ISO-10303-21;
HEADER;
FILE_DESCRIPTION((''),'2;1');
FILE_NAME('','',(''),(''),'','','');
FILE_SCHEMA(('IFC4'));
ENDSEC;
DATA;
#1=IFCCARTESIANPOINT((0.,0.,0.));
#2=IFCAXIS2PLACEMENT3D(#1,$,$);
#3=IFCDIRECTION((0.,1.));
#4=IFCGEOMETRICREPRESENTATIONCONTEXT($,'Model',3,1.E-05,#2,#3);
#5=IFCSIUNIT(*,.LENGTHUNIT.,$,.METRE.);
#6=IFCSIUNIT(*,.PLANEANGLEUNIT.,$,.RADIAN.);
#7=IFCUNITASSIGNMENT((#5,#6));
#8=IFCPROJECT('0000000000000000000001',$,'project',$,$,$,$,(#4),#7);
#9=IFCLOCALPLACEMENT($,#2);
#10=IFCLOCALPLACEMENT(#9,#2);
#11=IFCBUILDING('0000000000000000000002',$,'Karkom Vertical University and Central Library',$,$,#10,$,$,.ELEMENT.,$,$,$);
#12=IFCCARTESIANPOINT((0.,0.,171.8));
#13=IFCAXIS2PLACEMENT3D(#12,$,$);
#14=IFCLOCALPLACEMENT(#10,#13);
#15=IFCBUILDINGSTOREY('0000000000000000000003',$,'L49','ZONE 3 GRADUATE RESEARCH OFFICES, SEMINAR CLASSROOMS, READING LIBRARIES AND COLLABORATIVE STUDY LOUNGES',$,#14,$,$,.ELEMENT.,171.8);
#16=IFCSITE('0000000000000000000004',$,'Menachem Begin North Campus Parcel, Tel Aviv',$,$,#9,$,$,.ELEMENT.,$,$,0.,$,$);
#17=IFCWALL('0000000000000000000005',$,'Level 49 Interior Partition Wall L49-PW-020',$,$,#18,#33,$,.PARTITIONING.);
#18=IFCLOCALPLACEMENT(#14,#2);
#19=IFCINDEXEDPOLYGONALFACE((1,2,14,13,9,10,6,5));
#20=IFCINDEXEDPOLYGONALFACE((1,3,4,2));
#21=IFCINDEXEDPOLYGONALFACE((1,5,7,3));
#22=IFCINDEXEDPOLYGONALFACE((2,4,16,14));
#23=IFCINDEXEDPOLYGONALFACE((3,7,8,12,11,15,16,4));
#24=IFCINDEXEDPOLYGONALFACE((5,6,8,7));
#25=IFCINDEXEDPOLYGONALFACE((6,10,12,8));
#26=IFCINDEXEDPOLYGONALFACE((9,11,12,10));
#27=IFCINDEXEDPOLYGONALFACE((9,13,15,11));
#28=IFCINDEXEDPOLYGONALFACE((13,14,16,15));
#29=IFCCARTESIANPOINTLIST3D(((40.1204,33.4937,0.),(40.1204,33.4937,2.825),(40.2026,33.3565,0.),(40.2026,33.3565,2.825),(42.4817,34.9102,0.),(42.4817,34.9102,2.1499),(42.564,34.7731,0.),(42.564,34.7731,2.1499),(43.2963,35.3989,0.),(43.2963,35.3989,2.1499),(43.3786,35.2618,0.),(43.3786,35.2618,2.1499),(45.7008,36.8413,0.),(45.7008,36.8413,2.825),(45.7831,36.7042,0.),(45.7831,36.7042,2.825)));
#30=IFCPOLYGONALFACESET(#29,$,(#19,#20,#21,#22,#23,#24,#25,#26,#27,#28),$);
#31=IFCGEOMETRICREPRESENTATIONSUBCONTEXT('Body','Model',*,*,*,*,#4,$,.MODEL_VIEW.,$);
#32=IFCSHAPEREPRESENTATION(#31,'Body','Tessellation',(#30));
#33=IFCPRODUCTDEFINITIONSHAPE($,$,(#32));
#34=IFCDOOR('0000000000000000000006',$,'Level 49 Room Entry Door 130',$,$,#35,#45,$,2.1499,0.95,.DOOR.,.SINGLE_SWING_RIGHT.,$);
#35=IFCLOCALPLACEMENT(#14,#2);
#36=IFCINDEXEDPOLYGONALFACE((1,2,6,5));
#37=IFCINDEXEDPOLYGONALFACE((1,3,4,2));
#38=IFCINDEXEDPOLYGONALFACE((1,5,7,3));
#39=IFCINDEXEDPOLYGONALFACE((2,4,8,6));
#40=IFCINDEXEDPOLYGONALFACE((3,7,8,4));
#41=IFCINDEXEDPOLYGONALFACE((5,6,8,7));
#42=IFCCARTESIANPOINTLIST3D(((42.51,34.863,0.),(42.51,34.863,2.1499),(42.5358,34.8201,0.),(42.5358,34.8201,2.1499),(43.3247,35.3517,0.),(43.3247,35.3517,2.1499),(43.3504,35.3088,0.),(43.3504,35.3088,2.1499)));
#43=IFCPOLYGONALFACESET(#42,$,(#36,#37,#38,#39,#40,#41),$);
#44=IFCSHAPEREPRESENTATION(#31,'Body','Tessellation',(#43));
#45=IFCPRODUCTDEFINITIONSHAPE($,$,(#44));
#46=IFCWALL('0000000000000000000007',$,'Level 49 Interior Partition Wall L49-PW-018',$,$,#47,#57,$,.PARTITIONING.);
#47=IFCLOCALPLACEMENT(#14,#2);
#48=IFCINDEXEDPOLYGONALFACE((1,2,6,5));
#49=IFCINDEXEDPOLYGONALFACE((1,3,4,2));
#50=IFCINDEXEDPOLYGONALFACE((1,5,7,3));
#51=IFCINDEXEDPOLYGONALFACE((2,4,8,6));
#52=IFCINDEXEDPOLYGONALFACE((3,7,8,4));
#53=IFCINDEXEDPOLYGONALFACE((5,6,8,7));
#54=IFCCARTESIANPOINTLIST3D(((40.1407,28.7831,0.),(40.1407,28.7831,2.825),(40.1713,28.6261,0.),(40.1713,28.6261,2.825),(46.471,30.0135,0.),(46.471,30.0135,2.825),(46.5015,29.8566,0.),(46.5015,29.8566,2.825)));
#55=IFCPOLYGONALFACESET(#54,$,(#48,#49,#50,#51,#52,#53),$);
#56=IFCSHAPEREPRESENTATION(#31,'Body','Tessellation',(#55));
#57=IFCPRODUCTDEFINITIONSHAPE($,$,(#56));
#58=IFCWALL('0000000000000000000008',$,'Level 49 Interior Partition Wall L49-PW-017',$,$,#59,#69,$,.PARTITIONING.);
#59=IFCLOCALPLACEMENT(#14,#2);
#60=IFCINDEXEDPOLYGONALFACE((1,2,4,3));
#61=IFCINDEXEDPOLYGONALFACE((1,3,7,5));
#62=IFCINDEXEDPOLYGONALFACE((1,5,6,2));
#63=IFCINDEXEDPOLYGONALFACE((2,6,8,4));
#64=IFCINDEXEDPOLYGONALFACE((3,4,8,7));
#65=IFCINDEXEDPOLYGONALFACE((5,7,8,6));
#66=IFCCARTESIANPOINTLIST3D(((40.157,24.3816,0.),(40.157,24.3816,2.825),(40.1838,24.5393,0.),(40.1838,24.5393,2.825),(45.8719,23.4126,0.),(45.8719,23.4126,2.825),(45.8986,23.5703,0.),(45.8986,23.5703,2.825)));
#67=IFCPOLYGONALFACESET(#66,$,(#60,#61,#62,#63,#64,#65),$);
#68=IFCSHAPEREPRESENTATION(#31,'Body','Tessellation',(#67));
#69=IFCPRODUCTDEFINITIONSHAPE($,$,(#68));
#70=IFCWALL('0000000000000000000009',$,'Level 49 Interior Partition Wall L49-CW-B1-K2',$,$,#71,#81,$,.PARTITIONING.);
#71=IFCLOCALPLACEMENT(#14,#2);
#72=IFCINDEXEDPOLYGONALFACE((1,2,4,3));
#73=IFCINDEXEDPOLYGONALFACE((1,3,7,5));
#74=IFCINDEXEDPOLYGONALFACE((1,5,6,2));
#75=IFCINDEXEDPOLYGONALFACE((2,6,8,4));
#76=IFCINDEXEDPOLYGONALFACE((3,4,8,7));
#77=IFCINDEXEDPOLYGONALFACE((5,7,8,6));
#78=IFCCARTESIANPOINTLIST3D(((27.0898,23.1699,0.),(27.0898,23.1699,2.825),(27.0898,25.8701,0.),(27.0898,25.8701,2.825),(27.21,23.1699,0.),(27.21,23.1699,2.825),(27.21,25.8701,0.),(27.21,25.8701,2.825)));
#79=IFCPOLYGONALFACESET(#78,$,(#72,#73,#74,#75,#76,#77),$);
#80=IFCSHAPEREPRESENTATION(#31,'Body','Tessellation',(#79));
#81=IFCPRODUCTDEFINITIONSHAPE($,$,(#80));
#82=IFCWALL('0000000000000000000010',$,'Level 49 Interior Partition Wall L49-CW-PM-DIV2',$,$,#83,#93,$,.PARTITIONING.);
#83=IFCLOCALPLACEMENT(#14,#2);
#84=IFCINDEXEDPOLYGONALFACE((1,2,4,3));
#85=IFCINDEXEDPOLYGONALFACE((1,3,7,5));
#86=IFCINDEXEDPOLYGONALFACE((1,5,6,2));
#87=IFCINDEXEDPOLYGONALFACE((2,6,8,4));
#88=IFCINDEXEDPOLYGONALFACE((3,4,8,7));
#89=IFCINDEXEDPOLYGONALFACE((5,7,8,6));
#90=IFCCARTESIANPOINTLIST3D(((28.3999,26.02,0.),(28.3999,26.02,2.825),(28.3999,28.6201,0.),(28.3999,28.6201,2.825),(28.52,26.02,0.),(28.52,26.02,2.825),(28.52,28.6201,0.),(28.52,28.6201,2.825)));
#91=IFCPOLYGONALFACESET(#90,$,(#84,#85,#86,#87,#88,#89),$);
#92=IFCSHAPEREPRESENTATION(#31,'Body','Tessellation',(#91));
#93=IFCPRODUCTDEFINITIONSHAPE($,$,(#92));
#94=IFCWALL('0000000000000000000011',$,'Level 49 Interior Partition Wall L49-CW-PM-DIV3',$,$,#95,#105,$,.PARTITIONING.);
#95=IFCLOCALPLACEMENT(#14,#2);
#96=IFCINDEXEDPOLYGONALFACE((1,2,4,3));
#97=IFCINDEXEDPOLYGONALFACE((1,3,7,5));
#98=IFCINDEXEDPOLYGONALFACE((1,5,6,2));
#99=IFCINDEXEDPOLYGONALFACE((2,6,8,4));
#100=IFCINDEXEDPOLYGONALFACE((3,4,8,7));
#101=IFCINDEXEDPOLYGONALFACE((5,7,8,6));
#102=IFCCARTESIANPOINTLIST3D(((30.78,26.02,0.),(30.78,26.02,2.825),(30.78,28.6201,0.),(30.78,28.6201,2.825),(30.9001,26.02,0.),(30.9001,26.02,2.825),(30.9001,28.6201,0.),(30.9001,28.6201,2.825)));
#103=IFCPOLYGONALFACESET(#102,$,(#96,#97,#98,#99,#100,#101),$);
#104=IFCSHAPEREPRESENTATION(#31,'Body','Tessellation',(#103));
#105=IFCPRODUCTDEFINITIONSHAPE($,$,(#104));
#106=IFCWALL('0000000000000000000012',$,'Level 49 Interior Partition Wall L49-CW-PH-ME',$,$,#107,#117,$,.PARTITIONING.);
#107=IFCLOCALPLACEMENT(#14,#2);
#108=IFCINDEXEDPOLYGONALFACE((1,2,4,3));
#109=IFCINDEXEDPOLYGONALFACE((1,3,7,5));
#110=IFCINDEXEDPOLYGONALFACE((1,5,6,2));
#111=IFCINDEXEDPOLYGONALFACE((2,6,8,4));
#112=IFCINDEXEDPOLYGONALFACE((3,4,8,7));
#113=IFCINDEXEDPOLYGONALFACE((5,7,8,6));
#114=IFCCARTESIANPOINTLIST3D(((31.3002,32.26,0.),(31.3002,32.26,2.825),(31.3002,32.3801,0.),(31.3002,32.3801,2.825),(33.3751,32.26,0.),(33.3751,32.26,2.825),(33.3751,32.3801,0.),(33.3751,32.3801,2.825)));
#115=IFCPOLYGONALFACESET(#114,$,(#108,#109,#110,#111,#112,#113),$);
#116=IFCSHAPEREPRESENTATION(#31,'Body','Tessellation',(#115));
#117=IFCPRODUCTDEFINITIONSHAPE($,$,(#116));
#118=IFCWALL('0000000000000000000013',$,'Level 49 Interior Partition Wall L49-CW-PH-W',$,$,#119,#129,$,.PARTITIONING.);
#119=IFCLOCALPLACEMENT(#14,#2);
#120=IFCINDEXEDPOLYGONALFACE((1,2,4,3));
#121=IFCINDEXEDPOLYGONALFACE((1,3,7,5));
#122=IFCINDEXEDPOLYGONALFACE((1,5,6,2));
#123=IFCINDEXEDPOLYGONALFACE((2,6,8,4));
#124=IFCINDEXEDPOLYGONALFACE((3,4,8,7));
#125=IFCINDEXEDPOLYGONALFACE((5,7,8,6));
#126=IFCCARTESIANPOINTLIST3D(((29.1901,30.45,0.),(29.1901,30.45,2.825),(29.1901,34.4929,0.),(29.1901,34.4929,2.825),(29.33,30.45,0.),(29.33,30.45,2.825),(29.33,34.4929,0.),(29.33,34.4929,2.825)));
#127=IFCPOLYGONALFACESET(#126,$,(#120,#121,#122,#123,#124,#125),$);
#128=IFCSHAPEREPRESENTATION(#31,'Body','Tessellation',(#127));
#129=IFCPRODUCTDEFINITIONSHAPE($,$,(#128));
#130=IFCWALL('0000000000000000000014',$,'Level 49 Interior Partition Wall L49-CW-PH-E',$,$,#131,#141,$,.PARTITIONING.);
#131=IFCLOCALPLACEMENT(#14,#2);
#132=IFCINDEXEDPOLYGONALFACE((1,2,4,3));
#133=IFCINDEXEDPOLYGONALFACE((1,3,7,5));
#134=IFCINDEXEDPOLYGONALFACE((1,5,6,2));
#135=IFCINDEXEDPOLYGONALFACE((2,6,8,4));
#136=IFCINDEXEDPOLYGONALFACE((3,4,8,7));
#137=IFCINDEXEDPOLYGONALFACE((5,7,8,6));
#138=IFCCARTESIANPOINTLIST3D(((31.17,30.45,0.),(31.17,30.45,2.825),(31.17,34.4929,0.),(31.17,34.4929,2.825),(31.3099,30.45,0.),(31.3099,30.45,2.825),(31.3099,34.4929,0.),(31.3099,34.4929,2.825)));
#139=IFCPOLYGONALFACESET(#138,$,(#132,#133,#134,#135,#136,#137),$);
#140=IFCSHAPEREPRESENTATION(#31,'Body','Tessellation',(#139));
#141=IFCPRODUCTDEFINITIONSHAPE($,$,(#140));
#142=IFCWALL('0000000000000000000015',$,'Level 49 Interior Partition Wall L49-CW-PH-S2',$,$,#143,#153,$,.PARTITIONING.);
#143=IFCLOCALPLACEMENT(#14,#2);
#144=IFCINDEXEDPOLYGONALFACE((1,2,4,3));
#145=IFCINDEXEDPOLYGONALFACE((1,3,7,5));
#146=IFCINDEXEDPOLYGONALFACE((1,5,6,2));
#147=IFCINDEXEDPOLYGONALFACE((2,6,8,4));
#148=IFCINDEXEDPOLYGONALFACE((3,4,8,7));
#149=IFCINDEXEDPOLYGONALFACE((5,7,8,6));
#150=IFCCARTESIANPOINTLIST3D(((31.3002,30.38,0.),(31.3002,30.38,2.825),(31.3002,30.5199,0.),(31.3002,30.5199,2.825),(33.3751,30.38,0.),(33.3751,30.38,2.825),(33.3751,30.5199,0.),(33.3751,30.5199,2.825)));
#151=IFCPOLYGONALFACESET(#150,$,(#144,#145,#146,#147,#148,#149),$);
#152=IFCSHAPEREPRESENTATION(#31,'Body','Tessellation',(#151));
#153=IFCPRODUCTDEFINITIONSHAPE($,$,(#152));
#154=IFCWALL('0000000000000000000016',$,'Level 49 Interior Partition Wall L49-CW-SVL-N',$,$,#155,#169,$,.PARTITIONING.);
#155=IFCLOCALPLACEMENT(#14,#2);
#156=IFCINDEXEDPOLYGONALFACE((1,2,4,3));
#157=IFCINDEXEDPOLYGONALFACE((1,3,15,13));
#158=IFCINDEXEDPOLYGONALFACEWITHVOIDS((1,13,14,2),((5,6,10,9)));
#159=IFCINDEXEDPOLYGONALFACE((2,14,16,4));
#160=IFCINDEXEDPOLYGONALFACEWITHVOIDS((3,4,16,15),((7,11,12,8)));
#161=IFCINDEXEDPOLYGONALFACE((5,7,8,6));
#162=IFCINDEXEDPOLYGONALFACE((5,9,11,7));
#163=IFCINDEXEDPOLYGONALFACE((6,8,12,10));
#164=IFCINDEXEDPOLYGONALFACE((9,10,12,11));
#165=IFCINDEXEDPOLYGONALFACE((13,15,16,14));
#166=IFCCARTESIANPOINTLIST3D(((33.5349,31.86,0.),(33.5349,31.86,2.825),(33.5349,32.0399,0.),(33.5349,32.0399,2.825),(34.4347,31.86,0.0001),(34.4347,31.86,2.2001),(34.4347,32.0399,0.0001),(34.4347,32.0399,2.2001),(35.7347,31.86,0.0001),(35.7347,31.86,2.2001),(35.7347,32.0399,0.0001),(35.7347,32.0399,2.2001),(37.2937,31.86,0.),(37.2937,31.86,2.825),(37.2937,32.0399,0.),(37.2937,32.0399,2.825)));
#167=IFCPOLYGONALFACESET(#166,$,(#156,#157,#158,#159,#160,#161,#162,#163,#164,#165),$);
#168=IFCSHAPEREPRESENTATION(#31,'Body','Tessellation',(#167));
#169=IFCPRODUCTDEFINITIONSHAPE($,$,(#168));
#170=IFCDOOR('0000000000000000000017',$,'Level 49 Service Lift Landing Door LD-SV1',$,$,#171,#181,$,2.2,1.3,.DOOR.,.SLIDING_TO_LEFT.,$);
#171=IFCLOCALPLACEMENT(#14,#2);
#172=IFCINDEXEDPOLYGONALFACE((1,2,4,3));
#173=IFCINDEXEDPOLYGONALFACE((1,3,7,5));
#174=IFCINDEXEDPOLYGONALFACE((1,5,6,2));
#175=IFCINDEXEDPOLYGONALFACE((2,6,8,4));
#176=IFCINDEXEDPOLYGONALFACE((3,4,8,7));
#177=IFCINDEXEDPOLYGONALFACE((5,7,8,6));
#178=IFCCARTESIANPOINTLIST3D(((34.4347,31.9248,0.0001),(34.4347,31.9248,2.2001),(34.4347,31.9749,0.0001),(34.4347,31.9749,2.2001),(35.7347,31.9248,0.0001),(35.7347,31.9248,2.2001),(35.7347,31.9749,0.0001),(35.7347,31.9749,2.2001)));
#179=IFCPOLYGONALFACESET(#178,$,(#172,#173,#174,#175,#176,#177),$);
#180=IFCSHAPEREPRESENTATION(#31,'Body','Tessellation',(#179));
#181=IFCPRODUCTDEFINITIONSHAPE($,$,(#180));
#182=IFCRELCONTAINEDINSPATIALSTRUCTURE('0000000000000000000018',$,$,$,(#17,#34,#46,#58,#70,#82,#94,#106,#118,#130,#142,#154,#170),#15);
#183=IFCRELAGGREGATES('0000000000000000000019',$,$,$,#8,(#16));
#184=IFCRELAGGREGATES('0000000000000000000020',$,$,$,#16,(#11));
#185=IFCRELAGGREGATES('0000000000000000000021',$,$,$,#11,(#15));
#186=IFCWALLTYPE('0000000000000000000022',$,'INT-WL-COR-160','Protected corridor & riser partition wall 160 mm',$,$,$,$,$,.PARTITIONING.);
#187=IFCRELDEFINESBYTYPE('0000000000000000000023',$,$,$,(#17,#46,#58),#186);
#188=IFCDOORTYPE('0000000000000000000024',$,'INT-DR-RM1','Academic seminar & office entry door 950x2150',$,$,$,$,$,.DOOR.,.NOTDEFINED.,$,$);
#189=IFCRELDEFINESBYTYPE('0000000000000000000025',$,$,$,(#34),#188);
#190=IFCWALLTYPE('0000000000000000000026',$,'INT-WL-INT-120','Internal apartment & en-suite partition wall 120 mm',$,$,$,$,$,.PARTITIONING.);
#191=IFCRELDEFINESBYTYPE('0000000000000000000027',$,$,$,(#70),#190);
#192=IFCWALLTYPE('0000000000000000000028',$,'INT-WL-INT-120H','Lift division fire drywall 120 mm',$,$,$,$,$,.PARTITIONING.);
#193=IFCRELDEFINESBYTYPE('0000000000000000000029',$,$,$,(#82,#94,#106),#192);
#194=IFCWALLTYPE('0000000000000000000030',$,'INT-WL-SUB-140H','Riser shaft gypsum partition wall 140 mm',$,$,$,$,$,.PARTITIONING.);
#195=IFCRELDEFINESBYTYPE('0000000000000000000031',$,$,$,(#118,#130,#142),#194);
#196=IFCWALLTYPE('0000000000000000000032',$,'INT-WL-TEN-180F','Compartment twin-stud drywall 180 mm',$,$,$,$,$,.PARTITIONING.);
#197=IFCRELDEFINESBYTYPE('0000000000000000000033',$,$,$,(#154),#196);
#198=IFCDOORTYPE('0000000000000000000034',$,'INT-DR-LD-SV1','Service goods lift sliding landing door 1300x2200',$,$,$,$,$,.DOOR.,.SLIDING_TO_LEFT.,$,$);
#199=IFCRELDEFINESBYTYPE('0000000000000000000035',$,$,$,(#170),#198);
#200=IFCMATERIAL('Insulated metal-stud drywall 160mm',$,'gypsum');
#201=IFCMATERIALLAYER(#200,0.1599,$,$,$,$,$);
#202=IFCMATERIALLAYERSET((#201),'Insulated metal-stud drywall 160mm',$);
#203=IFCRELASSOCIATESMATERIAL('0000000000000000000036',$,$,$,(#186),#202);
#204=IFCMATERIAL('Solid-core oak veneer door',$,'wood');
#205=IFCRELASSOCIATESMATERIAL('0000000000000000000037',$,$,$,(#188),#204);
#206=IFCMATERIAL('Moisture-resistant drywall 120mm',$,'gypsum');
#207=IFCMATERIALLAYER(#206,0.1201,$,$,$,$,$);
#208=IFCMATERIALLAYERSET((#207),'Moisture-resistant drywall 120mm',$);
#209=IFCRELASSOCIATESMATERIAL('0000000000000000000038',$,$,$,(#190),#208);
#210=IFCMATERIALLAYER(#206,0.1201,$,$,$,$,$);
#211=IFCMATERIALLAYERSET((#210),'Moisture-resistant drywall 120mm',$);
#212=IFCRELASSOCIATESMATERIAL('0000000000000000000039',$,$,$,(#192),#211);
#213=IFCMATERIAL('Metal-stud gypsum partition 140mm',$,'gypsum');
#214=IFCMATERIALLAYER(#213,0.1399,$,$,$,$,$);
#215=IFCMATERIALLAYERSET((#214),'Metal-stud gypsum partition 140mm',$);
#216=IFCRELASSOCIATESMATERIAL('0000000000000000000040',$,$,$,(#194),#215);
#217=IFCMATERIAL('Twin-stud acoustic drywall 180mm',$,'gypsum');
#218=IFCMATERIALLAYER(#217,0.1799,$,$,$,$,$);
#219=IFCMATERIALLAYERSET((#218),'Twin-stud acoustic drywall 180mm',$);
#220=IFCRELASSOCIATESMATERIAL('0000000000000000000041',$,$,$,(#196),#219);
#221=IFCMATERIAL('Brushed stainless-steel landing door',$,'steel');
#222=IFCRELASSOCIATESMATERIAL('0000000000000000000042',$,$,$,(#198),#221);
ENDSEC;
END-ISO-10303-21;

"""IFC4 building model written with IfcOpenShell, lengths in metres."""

from ifc_helpers import new_model, si_unit, direction, frame, frame_2d, origin, origin_with_axes, place, context, subcontext, project, spatial, rectangle, extrude, source, transform, mapped, material, layer, layer_set, type_object, element, fill, save


model = new_model("IFC4")

# Units and contexts
model_context = context("Model", 3, precision=1e-05, world=origin(), true_north=direction((0.0, 1.0)))
body_context = subcontext(model_context, "Body", "Model", "MODEL_VIEW")
ifc_project = project(units=[si_unit("LENGTHUNIT", "METRE"), si_unit("PLANEANGLEUNIT", "RADIAN")], contexts=[model_context])

# Site, building, storey
site_placement = place(None, origin())
site = spatial("IfcSite", under=ifc_project, at=site_placement, Name="Menachem Begin North Campus Parcel, Tel Aviv", CompositionType="ELEMENT", RefElevation=0.0)
building_placement = place(site_placement, origin())
building = spatial("IfcBuilding", under=site, at=building_placement, Name="Karkom Vertical University and Central Library", CompositionType="ELEMENT")
storey_placement = place(building_placement, frame((0.0, 0.0, 171.8)))
storey = spatial("IfcBuildingStorey", under=building, at=storey_placement, Name="L49", Description="ZONE 3 GRADUATE RESEARCH OFFICES, SEMINAR CLASSROOMS, READING LIBRARIES AND COLLABORATIVE STUDY LOUNGES", CompositionType="ELEMENT", Elevation=171.8)

# Wall, opening, door
ifc_material_1 = material(Name="Insulated metal-stud drywall 160mm", Category="gypsum")
ifc_layer_1 = layer(ifc_material_1, 0.1599)
ifc_layer_set_1 = layer_set([ifc_layer_1], Name="Insulated metal-stud drywall 160mm")
wall_type_1 = type_object("IfcWallType", Name="INT-WL-COR-160", Description="Protected corridor & riser partition wall 160 mm", PredefinedType="PARTITIONING", material=ifc_layer_set_1)
wall_1_placement = place(storey_placement, frame((40.1614, 33.425, 0.0), z_axis=(0.0, 0.0, 1.0), x_axis=(0.857539, 0.514419, 0.0)))
wall_1 = element("IfcWall", 1, at=wall_1_placement, inside=storey, type_object=wall_type_1, Name="Level 49 Interior Partition Wall L49-PW-020", PredefinedType="PARTITIONING", context=body_context, shape_type="SweptSolid", body=[
    extrude(rectangle(XDim=6.5076, YDim=0.1599, at=frame_2d((3.2539, 0.0))), origin(), (0.0, 0.0, 1.0), 2.825),
])
opening_1_placement = place(wall_1_placement, frame((2.7537, 0.0, 0.0)))
opening_1 = element("IfcOpeningElement", 2, at=opening_1_placement, cuts=wall_1, PredefinedType="OPENING", context=body_context, shape_type="SweptSolid", body=[
    extrude(rectangle(XDim=0.95, YDim=2.1499, at=frame_2d((0.4751, 1.075))), frame((0.0, 0.0898, 0.0), z_axis=(0.0, -1.0, 0.0), x_axis=(1.0, 0.0, 0.0)), (0.0, 0.0, 1.0), 0.1799),
])
ifc_material_2 = material(Name="Solid-core oak veneer door", Category="wood")
door_type_1 = type_object("IfcDoorType", Name="INT-DR-RM1", Description="Academic seminar & office entry door 950x2150", OperationType="NOTDEFINED", PredefinedType="DOOR", material=ifc_material_2)
shared_shape_1 = source(origin_with_axes(), body_context, "Body", "SweptSolid", [
    extrude(rectangle(XDim=0.95, YDim=2.1499, at=frame_2d((0.4751, 1.075))), frame((0.0, 0.0249, 0.0), z_axis=(0.0, -1.0, 0.0), x_axis=(1.0, 0.0, 0.0)), (0.0, 0.0, 1.0), 0.05),
])
door_1_placement = place(opening_1_placement, origin())
door_1 = element("IfcDoor", 3, at=door_1_placement, inside=storey, type_object=door_type_1, Name="Level 49 Room Entry Door 130", OperationType="SINGLE_SWING_RIGHT", OverallHeight=2.1499, OverallWidth=0.95, PredefinedType="DOOR", context=body_context, shape_type="MappedRepresentation", body=[
    mapped(shared_shape_1, transform((0.0, 0.0, 0.0), scale=1.0)),
])
fill(opening_1, door_1)

# Walls
wall_2_placement = place(storey_placement, frame((40.156, 28.7046, 0.0), z_axis=(0.0, 0.0, 1.0), x_axis=(0.981628, 0.190806, 0.0)))
element("IfcWall", 4, at=wall_2_placement, inside=storey, type_object=wall_type_1, Name="Level 49 Interior Partition Wall L49-PW-018", PredefinedType="PARTITIONING", context=body_context, shape_type="SweptSolid", body=[
    extrude(rectangle(XDim=6.4487, YDim=0.1599, at=frame_2d((3.2244, 0.0))), origin(), (0.0, 0.0, 1.0), 2.825),
])
wall_3_placement = place(storey_placement, frame((40.1704, 24.4604, 0.0), z_axis=(0.0, 0.0, 1.0), x_axis=(0.985928, -0.167171, 0.0)))
element("IfcWall", 5, at=wall_3_placement, inside=storey, type_object=wall_type_1, Name="Level 49 Interior Partition Wall L49-PW-017", PredefinedType="PARTITIONING", context=body_context, shape_type="SweptSolid", body=[
    extrude(rectangle(XDim=5.7964, YDim=0.1599, at=frame_2d((2.8982, 0.0))), origin(), (0.0, 0.0, 1.0), 2.825),
])
ifc_material_3 = material(Name="Moisture-resistant drywall 120mm", Category="gypsum")
ifc_layer_2 = layer(ifc_material_3, 0.1201)
ifc_layer_set_2 = layer_set([ifc_layer_2], Name="Moisture-resistant drywall 120mm")
wall_type_2 = type_object("IfcWallType", Name="INT-WL-INT-120", Description="Internal apartment & en-suite partition wall 120 mm", PredefinedType="PARTITIONING", material=ifc_layer_set_2)
wall_4_placement = place(storey_placement, frame((27.1499, 23.1699, 0.0), z_axis=(0.0, 0.0, 1.0), x_axis=(0.0, 1.0, 0.0)))
element("IfcWall", 6, at=wall_4_placement, inside=storey, type_object=wall_type_2, Name="Level 49 Interior Partition Wall L49-CW-B1-K2", PredefinedType="PARTITIONING", context=body_context, shape_type="SweptSolid", body=[
    extrude(rectangle(XDim=2.7002, YDim=0.1201, at=frame_2d((1.3501, 0.0))), origin(), (0.0, 0.0, 1.0), 2.825),
])
ifc_layer_3 = layer(ifc_material_3, 0.1201)
ifc_layer_set_3 = layer_set([ifc_layer_3], Name="Moisture-resistant drywall 120mm")
wall_type_3 = type_object("IfcWallType", Name="INT-WL-INT-120H", Description="Lift division fire drywall 120 mm", PredefinedType="PARTITIONING", material=ifc_layer_set_3)
for number, where, z_axis, x_axis, name in (
    (7, (28.46, 26.02, 0.0), (0.0, 0.0, 1.0), (0.0, 1.0, 0.0), "Level 49 Interior Partition Wall L49-CW-PM-DIV2"),
    (8, (30.8401, 26.02, 0.0), (0.0, 0.0, 1.0), (0.0, 1.0, 0.0), "Level 49 Interior Partition Wall L49-CW-PM-DIV3"),
):
    element("IfcWall", number, at=place(storey_placement, frame(where, z_axis=z_axis, x_axis=x_axis)), inside=storey, type_object=wall_type_3, Name=name, PredefinedType="PARTITIONING", context=body_context, shape_type="SweptSolid", body=[
        extrude(rectangle(XDim=2.6001, YDim=0.1201, at=frame_2d((1.3, 0.0))), origin(), (0.0, 0.0, 1.0), 2.825),
    ])
wall_5_placement = place(storey_placement, frame((31.3, 32.3201, 0.0), z_axis=(0.0, 0.0, 1.0), x_axis=(1.0, 0.0, 0.0)))
element("IfcWall", 9, at=wall_5_placement, inside=storey, type_object=wall_type_3, Name="Level 49 Interior Partition Wall L49-CW-PH-ME", PredefinedType="PARTITIONING", context=body_context, shape_type="SweptSolid", body=[
    extrude(rectangle(XDim=2.075, YDim=0.1201, at=frame_2d((1.0376, 0.0))), origin(), (0.0, 0.0, 1.0), 2.825),
])
ifc_material_4 = material(Name="Metal-stud gypsum partition 140mm", Category="gypsum")
ifc_layer_4 = layer(ifc_material_4, 0.1399)
ifc_layer_set_4 = layer_set([ifc_layer_4], Name="Metal-stud gypsum partition 140mm")
wall_type_4 = type_object("IfcWallType", Name="INT-WL-SUB-140H", Description="Riser shaft gypsum partition wall 140 mm", PredefinedType="PARTITIONING", material=ifc_layer_set_4)
for number, where, z_axis, x_axis, name in (
    (10, (29.26, 30.45, 0.0), (0.0, 0.0, 1.0), (0.0, 1.0, 0.0), "Level 49 Interior Partition Wall L49-CW-PH-W"),
    (11, (31.24, 30.45, 0.0), (0.0, 0.0, 1.0), (0.0, 1.0, 0.0), "Level 49 Interior Partition Wall L49-CW-PH-E"),
):
    element("IfcWall", number, at=place(storey_placement, frame(where, z_axis=z_axis, x_axis=x_axis)), inside=storey, type_object=wall_type_4, Name=name, PredefinedType="PARTITIONING", context=body_context, shape_type="SweptSolid", body=[
        extrude(rectangle(XDim=4.043, YDim=0.1399, at=frame_2d((2.0215, 0.0))), origin(), (0.0, 0.0, 1.0), 2.825),
    ])
wall_6_placement = place(storey_placement, frame((31.3, 30.45, 0.0), z_axis=(0.0, 0.0, 1.0), x_axis=(1.0, 0.0, 0.0)))
element("IfcWall", 12, at=wall_6_placement, inside=storey, type_object=wall_type_4, Name="Level 49 Interior Partition Wall L49-CW-PH-S2", PredefinedType="PARTITIONING", context=body_context, shape_type="SweptSolid", body=[
    extrude(rectangle(XDim=2.075, YDim=0.1399, at=frame_2d((1.0376, 0.0))), origin(), (0.0, 0.0, 1.0), 2.825),
])

# Wall, opening, door
ifc_material_5 = material(Name="Twin-stud acoustic drywall 180mm", Category="gypsum")
ifc_layer_5 = layer(ifc_material_5, 0.1799)
ifc_layer_set_5 = layer_set([ifc_layer_5], Name="Twin-stud acoustic drywall 180mm")
wall_type_5 = type_object("IfcWallType", Name="INT-WL-TEN-180F", Description="Compartment twin-stud drywall 180 mm", PredefinedType="PARTITIONING", material=ifc_layer_set_5)
wall_7_placement = place(storey_placement, frame((33.5349, 31.95, 0.0), z_axis=(0.0, 0.0, 1.0), x_axis=(1.0, 0.0, 0.0)))
wall_7 = element("IfcWall", 13, at=wall_7_placement, inside=storey, type_object=wall_type_5, Name="Level 49 Interior Partition Wall L49-CW-SVL-N", PredefinedType="PARTITIONING", context=body_context, shape_type="SweptSolid", body=[
    extrude(rectangle(XDim=3.7588, YDim=0.1799, at=frame_2d((1.8794, 0.0))), origin(), (0.0, 0.0, 1.0), 2.825),
])
opening_2_placement = place(wall_7_placement, frame((0.8999, 0.0, 0.0)))
opening_2 = element("IfcOpeningElement", 14, at=opening_2_placement, cuts=wall_7, PredefinedType="OPENING", context=body_context, shape_type="SweptSolid", body=[
    extrude(rectangle(XDim=1.3, YDim=2.2, at=frame_2d((0.6499, 1.1001))), frame((0.0, 0.1001, 0.0), z_axis=(0.0, -1.0, 0.0), x_axis=(1.0, 0.0, 0.0)), (0.0, 0.0, 1.0), 0.2),
])
ifc_material_6 = material(Name="Brushed stainless-steel landing door", Category="steel")
door_type_2 = type_object("IfcDoorType", Name="INT-DR-LD-SV1", Description="Service goods lift sliding landing door 1300x2200", OperationType="SLIDING_TO_LEFT", PredefinedType="DOOR", material=ifc_material_6)
shared_shape_2 = source(origin_with_axes(), body_context, "Body", "SweptSolid", [
    extrude(rectangle(XDim=1.3, YDim=2.2, at=frame_2d((0.6499, 1.1001))), frame((0.0, 0.0249, 0.0), z_axis=(0.0, -1.0, 0.0), x_axis=(1.0, 0.0, 0.0)), (0.0, 0.0, 1.0), 0.05),
])
door_2_placement = place(opening_2_placement, origin())
door_2 = element("IfcDoor", 15, at=door_2_placement, inside=storey, type_object=door_type_2, Name="Level 49 Service Lift Landing Door LD-SV1", OperationType="SLIDING_TO_LEFT", OverallHeight=2.2, OverallWidth=1.3, PredefinedType="DOOR", context=body_context, shape_type="MappedRepresentation", body=[
    mapped(shared_shape_2, transform((0.0, 0.0, 0.0), scale=1.0)),
])
fill(opening_2, door_2)

save(model, "model.ifc")
